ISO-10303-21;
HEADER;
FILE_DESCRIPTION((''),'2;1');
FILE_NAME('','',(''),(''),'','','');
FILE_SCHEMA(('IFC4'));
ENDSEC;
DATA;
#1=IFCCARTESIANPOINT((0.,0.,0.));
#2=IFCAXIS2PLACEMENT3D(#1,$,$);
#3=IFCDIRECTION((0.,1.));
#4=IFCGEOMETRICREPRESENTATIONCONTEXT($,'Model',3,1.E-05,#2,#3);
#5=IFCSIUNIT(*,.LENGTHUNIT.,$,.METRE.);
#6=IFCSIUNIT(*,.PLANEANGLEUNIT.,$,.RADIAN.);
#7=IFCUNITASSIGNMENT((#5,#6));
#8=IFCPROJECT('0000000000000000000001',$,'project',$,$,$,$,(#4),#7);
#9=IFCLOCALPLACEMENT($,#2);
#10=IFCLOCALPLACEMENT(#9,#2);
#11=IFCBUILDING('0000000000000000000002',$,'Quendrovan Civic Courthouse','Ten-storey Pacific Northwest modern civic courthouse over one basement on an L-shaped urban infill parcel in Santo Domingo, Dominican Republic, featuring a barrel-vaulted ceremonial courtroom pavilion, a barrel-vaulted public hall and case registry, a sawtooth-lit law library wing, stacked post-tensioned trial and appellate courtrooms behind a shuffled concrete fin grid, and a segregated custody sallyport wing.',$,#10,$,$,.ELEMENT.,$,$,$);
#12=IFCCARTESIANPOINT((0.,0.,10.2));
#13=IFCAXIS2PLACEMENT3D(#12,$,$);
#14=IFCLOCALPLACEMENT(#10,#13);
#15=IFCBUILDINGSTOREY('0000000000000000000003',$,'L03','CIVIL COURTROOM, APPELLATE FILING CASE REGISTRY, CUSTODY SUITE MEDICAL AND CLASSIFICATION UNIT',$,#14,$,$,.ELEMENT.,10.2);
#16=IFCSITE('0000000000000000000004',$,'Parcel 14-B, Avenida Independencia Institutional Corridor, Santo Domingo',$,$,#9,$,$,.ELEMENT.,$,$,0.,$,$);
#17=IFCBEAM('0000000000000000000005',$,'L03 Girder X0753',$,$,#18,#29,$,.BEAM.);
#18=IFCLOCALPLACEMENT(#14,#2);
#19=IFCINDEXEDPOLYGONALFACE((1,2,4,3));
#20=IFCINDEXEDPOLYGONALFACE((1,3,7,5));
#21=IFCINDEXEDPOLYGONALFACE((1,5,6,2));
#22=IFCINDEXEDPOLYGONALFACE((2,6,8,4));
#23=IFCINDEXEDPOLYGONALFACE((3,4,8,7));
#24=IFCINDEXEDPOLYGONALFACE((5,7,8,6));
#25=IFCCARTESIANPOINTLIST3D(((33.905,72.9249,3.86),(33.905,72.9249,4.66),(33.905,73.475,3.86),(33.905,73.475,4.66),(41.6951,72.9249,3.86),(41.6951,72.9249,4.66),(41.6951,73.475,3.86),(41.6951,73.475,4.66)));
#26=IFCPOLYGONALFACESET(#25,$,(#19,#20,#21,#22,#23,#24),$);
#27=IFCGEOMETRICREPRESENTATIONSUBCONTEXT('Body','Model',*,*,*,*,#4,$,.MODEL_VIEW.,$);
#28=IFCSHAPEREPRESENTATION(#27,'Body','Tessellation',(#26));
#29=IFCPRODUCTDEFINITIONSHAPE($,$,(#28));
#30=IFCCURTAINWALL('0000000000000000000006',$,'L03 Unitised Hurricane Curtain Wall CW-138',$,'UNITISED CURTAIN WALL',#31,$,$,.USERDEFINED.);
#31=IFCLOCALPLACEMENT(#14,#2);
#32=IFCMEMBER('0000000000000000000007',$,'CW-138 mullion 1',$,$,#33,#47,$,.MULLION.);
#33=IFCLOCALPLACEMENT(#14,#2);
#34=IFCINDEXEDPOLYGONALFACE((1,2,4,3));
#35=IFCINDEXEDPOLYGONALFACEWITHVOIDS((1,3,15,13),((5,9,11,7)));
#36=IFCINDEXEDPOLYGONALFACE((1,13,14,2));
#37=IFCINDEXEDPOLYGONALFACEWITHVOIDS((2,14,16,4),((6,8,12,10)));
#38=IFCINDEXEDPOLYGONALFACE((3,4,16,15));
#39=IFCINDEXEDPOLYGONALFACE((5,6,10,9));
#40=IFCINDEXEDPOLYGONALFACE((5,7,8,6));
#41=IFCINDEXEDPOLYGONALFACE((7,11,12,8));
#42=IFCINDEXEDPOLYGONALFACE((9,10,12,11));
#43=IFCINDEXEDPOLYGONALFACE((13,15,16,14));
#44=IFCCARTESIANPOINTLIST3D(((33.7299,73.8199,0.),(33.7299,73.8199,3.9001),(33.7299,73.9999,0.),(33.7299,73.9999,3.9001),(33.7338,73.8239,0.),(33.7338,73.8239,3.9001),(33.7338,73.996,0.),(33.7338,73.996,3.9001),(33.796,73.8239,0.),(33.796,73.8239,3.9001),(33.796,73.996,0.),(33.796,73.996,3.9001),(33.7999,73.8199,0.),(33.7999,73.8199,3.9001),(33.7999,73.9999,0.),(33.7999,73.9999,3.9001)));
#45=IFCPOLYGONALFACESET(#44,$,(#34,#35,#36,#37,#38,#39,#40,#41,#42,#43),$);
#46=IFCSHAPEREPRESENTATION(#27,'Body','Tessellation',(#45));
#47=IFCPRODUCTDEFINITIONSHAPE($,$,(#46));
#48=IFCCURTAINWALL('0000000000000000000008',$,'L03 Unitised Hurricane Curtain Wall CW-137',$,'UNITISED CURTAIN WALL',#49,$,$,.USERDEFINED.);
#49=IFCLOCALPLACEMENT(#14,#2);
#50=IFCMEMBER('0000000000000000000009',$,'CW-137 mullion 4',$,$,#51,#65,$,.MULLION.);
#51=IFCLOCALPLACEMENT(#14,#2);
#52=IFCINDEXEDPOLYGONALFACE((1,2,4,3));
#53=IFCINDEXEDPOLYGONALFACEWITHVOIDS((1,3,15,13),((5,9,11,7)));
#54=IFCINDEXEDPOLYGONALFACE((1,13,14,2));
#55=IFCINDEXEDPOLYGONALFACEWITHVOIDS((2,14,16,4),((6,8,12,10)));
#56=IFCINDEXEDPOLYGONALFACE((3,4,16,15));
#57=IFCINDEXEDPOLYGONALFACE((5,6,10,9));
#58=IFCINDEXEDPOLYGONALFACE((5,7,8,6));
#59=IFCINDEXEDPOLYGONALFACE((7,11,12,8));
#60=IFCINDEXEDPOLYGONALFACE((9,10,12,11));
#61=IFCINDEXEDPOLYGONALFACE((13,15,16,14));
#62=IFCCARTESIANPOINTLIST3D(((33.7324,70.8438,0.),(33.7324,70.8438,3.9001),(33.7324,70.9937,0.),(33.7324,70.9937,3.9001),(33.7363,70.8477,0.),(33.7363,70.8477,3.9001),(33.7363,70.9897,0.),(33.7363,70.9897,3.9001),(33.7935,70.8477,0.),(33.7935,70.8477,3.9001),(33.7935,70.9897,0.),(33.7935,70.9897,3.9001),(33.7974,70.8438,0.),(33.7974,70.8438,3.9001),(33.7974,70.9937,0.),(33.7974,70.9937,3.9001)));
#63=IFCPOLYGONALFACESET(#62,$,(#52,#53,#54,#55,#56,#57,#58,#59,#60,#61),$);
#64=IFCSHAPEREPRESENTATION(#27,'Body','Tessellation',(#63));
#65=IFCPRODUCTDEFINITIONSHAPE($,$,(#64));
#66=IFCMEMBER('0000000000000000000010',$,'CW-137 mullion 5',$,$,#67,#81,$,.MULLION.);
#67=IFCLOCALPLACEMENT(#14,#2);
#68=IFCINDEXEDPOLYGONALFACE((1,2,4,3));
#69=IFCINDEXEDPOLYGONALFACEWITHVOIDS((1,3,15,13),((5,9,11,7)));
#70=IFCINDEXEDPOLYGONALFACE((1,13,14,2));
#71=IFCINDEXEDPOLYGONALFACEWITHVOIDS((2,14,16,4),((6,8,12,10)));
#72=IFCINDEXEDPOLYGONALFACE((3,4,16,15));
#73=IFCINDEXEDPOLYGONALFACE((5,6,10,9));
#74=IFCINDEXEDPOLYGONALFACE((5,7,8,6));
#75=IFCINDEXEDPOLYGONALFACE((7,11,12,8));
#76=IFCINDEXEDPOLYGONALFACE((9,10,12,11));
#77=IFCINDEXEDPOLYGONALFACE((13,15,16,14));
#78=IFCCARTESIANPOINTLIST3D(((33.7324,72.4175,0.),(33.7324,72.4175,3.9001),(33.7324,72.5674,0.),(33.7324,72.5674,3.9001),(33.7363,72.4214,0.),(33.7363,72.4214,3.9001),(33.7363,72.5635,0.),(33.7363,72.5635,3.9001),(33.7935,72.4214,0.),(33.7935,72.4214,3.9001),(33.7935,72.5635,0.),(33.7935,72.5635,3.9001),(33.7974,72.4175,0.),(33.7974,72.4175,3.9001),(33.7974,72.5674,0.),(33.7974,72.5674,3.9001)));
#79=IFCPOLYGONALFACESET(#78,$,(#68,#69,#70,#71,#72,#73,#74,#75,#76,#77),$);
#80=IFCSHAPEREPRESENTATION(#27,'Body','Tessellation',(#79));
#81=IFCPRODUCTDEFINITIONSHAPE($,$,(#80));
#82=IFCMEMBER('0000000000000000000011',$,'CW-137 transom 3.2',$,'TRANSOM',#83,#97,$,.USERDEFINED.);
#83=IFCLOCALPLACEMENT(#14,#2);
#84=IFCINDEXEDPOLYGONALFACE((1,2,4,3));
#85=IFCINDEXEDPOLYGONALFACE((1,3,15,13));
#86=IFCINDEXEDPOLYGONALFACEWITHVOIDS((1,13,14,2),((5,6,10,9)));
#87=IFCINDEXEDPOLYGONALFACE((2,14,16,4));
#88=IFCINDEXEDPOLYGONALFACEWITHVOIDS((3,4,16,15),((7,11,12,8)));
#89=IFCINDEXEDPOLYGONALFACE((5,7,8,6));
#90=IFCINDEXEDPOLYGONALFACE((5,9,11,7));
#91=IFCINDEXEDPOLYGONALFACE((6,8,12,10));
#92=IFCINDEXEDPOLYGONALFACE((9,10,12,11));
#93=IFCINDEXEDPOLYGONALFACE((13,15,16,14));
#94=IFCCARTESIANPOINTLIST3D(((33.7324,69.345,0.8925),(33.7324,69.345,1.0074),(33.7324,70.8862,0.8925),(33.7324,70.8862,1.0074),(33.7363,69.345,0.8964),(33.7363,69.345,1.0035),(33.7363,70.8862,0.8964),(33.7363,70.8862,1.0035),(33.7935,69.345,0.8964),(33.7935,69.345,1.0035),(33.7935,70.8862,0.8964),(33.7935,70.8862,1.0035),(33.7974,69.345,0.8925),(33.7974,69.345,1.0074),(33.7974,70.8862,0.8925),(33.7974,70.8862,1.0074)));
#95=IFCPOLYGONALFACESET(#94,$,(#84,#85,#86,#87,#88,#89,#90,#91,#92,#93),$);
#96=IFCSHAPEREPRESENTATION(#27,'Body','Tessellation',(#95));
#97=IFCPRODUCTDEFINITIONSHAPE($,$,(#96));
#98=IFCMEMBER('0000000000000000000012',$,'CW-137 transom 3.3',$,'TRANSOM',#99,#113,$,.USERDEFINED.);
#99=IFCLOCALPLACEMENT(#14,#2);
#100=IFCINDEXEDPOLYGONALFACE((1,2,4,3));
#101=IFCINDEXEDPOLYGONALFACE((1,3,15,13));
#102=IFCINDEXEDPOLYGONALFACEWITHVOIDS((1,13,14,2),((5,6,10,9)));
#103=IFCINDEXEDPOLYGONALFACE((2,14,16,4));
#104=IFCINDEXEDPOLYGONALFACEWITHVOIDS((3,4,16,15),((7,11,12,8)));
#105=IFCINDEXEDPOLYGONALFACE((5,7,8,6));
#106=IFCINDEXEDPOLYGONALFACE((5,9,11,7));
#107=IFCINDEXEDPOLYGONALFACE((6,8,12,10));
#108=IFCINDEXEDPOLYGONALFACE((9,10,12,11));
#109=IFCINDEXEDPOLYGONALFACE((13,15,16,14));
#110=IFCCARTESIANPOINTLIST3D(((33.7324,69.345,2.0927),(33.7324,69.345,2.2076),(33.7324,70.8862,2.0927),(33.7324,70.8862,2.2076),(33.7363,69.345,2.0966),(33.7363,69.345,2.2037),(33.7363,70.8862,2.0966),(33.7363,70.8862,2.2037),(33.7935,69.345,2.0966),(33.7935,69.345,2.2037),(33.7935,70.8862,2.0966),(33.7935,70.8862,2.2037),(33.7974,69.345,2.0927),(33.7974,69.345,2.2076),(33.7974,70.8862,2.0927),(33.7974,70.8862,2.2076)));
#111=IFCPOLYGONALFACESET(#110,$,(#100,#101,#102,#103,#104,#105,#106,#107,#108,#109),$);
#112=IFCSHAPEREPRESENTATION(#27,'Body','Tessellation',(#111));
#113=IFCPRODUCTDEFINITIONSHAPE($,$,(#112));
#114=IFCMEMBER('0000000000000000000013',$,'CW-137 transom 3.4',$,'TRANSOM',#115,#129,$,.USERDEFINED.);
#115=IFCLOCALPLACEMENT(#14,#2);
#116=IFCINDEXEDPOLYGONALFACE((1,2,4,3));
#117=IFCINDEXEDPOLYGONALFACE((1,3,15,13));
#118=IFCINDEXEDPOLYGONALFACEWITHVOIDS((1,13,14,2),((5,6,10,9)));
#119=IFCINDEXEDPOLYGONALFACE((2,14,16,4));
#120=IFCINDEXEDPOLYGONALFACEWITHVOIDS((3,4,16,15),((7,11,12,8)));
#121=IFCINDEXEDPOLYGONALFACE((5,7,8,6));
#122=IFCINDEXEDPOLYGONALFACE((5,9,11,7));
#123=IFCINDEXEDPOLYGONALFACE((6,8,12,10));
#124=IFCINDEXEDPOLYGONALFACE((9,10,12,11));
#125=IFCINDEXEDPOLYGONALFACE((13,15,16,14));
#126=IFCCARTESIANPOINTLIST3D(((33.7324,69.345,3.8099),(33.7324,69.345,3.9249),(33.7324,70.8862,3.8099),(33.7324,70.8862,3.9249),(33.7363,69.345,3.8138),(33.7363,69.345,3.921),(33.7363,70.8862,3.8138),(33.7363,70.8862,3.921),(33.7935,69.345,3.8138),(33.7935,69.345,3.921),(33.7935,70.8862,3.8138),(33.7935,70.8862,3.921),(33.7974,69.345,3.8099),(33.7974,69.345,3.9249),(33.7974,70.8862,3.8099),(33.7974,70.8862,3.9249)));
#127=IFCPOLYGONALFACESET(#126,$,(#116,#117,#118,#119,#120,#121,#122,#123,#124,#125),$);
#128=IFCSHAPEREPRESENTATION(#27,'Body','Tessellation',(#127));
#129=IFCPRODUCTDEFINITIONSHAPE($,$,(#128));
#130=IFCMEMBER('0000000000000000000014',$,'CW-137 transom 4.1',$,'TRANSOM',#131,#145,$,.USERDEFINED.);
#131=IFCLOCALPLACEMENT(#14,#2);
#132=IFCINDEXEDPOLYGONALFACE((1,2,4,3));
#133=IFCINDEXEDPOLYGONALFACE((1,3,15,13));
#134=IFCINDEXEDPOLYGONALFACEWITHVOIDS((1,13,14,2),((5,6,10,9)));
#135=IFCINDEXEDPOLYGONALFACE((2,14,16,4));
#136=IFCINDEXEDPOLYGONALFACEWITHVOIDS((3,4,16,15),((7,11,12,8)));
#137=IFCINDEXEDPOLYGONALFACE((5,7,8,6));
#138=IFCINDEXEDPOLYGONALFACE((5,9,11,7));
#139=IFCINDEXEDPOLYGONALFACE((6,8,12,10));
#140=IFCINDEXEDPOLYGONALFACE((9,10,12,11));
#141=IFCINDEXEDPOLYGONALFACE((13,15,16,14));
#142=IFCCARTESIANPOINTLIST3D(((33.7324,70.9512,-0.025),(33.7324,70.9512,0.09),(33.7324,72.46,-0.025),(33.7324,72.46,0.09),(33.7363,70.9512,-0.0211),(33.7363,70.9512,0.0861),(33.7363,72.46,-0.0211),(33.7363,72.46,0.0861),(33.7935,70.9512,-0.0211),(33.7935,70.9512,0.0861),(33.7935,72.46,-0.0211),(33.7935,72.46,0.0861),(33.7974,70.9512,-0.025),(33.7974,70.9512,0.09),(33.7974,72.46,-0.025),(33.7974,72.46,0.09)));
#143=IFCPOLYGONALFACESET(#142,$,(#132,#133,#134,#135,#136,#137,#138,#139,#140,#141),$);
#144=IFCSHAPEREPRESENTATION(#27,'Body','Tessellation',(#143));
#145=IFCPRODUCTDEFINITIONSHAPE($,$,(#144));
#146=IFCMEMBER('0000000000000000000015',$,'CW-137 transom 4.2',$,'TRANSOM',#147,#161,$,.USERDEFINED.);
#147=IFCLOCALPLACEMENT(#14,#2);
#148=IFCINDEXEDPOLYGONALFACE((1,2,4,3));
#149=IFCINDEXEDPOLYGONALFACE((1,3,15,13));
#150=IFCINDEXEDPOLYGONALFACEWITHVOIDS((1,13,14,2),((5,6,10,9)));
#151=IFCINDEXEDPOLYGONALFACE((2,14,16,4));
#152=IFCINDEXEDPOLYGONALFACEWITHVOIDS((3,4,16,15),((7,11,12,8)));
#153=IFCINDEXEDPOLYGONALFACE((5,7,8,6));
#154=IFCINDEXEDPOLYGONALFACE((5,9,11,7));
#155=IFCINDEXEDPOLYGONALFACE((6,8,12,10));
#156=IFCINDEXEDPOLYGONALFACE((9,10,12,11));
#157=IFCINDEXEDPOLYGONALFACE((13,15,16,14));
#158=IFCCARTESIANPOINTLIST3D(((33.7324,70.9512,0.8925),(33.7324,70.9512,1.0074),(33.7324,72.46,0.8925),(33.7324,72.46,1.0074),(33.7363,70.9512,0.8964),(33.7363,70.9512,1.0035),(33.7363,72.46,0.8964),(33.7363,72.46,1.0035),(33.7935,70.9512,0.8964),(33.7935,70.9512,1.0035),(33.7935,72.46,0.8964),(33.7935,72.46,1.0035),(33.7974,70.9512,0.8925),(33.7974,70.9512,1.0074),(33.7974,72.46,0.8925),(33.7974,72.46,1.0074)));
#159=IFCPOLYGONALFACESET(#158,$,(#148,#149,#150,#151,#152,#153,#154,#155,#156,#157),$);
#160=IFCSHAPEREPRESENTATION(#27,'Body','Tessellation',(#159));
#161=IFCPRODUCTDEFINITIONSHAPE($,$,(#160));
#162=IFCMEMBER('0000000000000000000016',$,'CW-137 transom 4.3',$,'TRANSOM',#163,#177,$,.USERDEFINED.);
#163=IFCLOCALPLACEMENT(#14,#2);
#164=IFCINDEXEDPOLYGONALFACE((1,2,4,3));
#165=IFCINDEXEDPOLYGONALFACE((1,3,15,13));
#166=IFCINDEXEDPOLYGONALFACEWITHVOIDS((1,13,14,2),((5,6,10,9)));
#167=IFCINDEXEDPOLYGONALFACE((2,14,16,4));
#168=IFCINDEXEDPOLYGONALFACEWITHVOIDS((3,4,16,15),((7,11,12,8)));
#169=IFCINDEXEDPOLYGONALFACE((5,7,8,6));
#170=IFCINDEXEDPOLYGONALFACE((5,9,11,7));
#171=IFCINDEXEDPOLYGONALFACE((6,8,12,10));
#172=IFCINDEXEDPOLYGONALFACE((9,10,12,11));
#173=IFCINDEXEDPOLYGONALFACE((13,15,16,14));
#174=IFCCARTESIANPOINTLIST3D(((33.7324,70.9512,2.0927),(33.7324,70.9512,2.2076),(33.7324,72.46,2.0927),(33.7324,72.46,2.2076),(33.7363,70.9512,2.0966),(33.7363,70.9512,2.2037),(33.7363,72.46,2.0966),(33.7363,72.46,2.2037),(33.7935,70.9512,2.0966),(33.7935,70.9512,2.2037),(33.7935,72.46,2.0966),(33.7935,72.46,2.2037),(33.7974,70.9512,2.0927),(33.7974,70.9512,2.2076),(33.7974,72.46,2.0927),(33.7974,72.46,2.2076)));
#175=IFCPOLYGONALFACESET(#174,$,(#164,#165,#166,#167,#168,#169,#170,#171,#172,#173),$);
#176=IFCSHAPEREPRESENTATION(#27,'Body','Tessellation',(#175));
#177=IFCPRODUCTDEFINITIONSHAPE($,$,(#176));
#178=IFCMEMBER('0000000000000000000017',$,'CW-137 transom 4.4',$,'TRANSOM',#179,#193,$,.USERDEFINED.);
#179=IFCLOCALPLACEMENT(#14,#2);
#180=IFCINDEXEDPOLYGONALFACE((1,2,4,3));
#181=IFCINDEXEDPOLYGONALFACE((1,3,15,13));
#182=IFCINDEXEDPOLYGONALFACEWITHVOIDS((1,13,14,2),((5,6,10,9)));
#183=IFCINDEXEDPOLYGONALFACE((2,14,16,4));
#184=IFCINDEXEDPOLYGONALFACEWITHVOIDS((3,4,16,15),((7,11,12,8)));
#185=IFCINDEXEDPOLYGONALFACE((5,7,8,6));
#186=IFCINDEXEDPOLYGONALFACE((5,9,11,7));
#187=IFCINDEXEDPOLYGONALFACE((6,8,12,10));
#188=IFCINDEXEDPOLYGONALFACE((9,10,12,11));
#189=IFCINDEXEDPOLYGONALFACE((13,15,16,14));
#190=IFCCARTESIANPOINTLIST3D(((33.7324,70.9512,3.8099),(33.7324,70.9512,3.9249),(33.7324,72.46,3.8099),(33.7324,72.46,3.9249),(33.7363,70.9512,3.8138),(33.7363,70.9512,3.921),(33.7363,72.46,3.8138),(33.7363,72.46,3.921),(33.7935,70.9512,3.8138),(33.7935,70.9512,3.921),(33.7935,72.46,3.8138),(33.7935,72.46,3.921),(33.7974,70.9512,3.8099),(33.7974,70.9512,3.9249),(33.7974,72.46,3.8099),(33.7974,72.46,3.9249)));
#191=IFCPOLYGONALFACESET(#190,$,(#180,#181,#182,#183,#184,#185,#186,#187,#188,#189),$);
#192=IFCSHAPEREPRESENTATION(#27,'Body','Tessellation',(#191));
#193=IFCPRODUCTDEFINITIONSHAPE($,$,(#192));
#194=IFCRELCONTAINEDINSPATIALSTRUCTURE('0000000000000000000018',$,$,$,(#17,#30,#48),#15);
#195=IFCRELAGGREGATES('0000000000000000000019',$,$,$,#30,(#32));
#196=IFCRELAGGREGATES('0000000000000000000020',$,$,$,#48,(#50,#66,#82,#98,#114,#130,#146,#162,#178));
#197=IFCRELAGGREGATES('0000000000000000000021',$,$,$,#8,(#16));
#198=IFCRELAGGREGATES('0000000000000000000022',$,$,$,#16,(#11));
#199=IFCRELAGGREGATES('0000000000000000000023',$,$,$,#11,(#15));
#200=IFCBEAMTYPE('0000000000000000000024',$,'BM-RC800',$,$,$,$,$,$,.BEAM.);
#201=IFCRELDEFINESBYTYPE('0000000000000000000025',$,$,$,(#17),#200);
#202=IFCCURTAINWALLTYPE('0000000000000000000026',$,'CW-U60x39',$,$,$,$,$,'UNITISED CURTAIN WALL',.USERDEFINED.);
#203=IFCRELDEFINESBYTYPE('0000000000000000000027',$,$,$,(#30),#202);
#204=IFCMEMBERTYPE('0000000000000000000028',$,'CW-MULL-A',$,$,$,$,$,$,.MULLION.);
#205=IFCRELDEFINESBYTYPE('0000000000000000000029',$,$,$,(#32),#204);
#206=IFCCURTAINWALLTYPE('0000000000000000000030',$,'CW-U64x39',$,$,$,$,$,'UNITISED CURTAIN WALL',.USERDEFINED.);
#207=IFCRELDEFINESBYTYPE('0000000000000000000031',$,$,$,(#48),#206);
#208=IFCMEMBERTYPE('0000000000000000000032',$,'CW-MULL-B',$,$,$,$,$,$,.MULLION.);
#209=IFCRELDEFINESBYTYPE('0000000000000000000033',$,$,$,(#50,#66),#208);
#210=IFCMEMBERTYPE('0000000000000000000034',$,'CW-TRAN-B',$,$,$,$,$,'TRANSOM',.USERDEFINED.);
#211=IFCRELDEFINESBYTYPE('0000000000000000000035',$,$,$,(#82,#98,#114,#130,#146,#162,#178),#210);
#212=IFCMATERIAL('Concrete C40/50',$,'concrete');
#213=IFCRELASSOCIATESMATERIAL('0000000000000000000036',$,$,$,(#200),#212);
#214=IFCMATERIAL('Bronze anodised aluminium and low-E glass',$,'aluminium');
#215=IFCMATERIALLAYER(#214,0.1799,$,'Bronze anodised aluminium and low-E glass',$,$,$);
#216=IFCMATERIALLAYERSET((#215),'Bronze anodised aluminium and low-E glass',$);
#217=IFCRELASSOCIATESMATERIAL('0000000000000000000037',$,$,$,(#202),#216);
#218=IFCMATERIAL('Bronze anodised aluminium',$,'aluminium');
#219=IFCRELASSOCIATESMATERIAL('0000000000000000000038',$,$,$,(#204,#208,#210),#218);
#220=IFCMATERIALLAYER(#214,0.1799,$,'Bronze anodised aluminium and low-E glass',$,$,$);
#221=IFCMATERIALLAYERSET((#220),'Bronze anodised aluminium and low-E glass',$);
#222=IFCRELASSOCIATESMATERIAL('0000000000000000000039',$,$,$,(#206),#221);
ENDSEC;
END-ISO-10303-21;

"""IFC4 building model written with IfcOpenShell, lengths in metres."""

from ifc_helpers import new_model, si_unit, direction, frame, origin, origin_2d, place, context, subcontext, project, spatial, rectangle, hollow_rectangle, extrude, material, layer, layer_set, material_profile, profile_set, type_object, element, aggregate, save


model = new_model("IFC4")

# Units and contexts
model_context = context("Model", 3, precision=1e-05, world=origin(), true_north=direction((0.0, 1.0)))
body_context = subcontext(model_context, "Body", "Model", "MODEL_VIEW")
ifc_project = project(units=[si_unit("LENGTHUNIT", "METRE"), si_unit("PLANEANGLEUNIT", "RADIAN")], contexts=[model_context])

# Site, building, storey
site_placement = place(None, origin())
site = spatial("IfcSite", under=ifc_project, at=site_placement, Name="Parcel 14-B, Avenida Independencia Institutional Corridor, Santo Domingo", CompositionType="ELEMENT", RefElevation=0.0)
building_placement = place(site_placement, origin())
building = spatial("IfcBuilding", under=site, at=building_placement, Name="Quendrovan Civic Courthouse", Description="Ten-storey Pacific Northwest modern civic courthouse over one basement on an L-shaped urban infill parcel in Santo Domingo, Dominican Republic, featuring a barrel-vaulted ceremonial courtroom pavilion, a barrel-vaulted public hall and case registry, a sawtooth-lit law library wing, stacked post-tensioned trial and appellate courtrooms behind a shuffled concrete fin grid, and a segregated custody sallyport wing.", CompositionType="ELEMENT")
storey_placement = place(building_placement, frame((0.0, 0.0, 10.2)))
storey = spatial("IfcBuildingStorey", under=building, at=storey_placement, Name="L03", Description="CIVIL COURTROOM, APPELLATE FILING CASE REGISTRY, CUSTODY SUITE MEDICAL AND CLASSIFICATION UNIT", CompositionType="ELEMENT", Elevation=10.2)

# Beam
ifc_material_1 = material(Name="Concrete C40/50", Category="concrete")
ifc_material_profile_1 = material_profile(ifc_material_1, rectangle(XDim=0.55, YDim=0.8, at=origin_2d()), Name="RC-BM-550x800")
ifc_profile_set_1 = profile_set([ifc_material_profile_1], Name="Concrete C40/50")
beam_type = type_object("IfcBeamType", Name="BM-RC800", PredefinedType="BEAM", material=ifc_profile_set_1)
beam_placement = place(storey_placement, frame((33.905, 73.2, 4.26), z_axis=(1.0, 0.0, 0.0), x_axis=(0.0, 1.0, 0.0)))
element("IfcBeam", 1, at=beam_placement, inside=storey, type_object=beam_type, Name="L03 Girder X0753", PredefinedType="BEAM", context=body_context, shape_type="SweptSolid", body=[
    extrude(rectangle(XDim=0.55, YDim=0.8, at=origin_2d()), origin(), (0.0, 0.0, 1.0), 7.79),
])

# Curtain wall, member
ifc_material_2 = material(Name="Bronze anodised aluminium and low-E glass", Category="aluminium")
ifc_layer_1 = layer(ifc_material_2, 0.1799, Name="Bronze anodised aluminium and low-E glass")
ifc_layer_set_1 = layer_set([ifc_layer_1], Name="Bronze anodised aluminium and low-E glass")
curtain_wall_type_1 = type_object("IfcCurtainWallType", Name="CW-U60x39", ElementType="UNITISED CURTAIN WALL", PredefinedType="USERDEFINED", material=ifc_layer_set_1)
curtain_wall_1_placement = place(storey_placement, origin())
curtain_wall_1 = element("IfcCurtainWall", 2, at=curtain_wall_1_placement, inside=storey, type_object=curtain_wall_type_1, Name="L03 Unitised Hurricane Curtain Wall CW-138", ObjectType="UNITISED CURTAIN WALL", PredefinedType="USERDEFINED")
ifc_material_3 = material(Name="Bronze anodised aluminium", Category="aluminium")
ifc_material_profile_2 = material_profile(ifc_material_3, hollow_rectangle(XDim=0.0701, YDim=0.1799, WallThickness=0.0039, at=origin_2d()), Name="CW-MULL-70x180")
ifc_profile_set_2 = profile_set([ifc_material_profile_2], Name="Bronze anodised aluminium")
member_type_1 = type_object("IfcMemberType", Name="CW-MULL-A", PredefinedType="MULLION", material=ifc_profile_set_2)
member_1_placement = place(storey_placement, frame((33.7649, 73.9099, 0.0), z_axis=(0.0, 0.0, 1.0), x_axis=(-1.0, 0.0, 0.0)))
member_1 = element("IfcMember", 3, at=member_1_placement, type_object=member_type_1, Name="CW-138 mullion 1", PredefinedType="MULLION", context=body_context, shape_type="SweptSolid", body=[
    extrude(hollow_rectangle(XDim=0.0701, YDim=0.1799, WallThickness=0.0039, at=origin_2d()), origin(), (0.0, 0.0, 1.0), 3.9001),
])
aggregate(curtain_wall_1, [member_1])

# Curtain wall, members
ifc_layer_2 = layer(ifc_material_2, 0.1799, Name="Bronze anodised aluminium and low-E glass")
ifc_layer_set_2 = layer_set([ifc_layer_2], Name="Bronze anodised aluminium and low-E glass")
curtain_wall_type_2 = type_object("IfcCurtainWallType", Name="CW-U64x39", ElementType="UNITISED CURTAIN WALL", PredefinedType="USERDEFINED", material=ifc_layer_set_2)
curtain_wall_2_placement = place(storey_placement, origin())
curtain_wall_2 = element("IfcCurtainWall", 4, at=curtain_wall_2_placement, inside=storey, type_object=curtain_wall_type_2, Name="L03 Unitised Hurricane Curtain Wall CW-137", ObjectType="UNITISED CURTAIN WALL", PredefinedType="USERDEFINED")
ifc_material_profile_3 = material_profile(ifc_material_3, hollow_rectangle(XDim=0.0649, YDim=0.1499, WallThickness=0.0039, at=origin_2d()), Name="CW-MULL-65x150")
ifc_profile_set_3 = profile_set([ifc_material_profile_3], Name="Bronze anodised aluminium")
member_type_2 = type_object("IfcMemberType", Name="CW-MULL-B", PredefinedType="MULLION", material=ifc_profile_set_3)
member_2_placement = place(storey_placement, frame((33.7649, 70.9187, 0.0), z_axis=(0.0, 0.0, 1.0), x_axis=(-1.0, 0.0, 0.0)))
member_2 = element("IfcMember", 5, at=member_2_placement, type_object=member_type_2, Name="CW-137 mullion 4", PredefinedType="MULLION", context=body_context, shape_type="SweptSolid", body=[
    extrude(hollow_rectangle(XDim=0.0649, YDim=0.1499, WallThickness=0.0039, at=origin_2d()), origin(), (0.0, 0.0, 1.0), 3.9001),
])
member_3_placement = place(storey_placement, frame((33.7649, 72.4924, 0.0), z_axis=(0.0, 0.0, 1.0), x_axis=(-1.0, 0.0, 0.0)))
member_3 = element("IfcMember", 6, at=member_3_placement, type_object=member_type_2, Name="CW-137 mullion 5", PredefinedType="MULLION", context=body_context, shape_type="SweptSolid", body=[
    extrude(hollow_rectangle(XDim=0.0649, YDim=0.1499, WallThickness=0.0039, at=origin_2d()), origin(), (0.0, 0.0, 1.0), 3.9001),
])
ifc_material_profile_4 = material_profile(ifc_material_3, hollow_rectangle(XDim=0.0649, YDim=0.115, WallThickness=0.0039, at=origin_2d()), Name="CW-TRAN-65x115")
ifc_profile_set_4 = profile_set([ifc_material_profile_4], Name="Bronze anodised aluminium")
member_type_3 = type_object("IfcMemberType", Name="CW-TRAN-B", ElementType="TRANSOM", PredefinedType="USERDEFINED", material=ifc_profile_set_4)
member_4_placement = place(storey_placement, frame((33.7649, 69.345, 0.95), z_axis=(0.0, 1.0, 0.0), x_axis=(-1.0, 0.0, 0.0)))
member_4 = element("IfcMember", 7, at=member_4_placement, type_object=member_type_3, Name="CW-137 transom 3.2", ObjectType="TRANSOM", PredefinedType="USERDEFINED", context=body_context, shape_type="SweptSolid", body=[
    extrude(hollow_rectangle(XDim=0.0649, YDim=0.115, WallThickness=0.0039, at=origin_2d()), origin(), (0.0, 0.0, 1.0), 1.5413),
])
member_5_placement = place(storey_placement, frame((33.7649, 69.345, 2.1501), z_axis=(0.0, 1.0, 0.0), x_axis=(-1.0, 0.0, 0.0)))
member_5 = element("IfcMember", 8, at=member_5_placement, type_object=member_type_3, Name="CW-137 transom 3.3", ObjectType="TRANSOM", PredefinedType="USERDEFINED", context=body_context, shape_type="SweptSolid", body=[
    extrude(hollow_rectangle(XDim=0.0649, YDim=0.115, WallThickness=0.0039, at=origin_2d()), origin(), (0.0, 0.0, 1.0), 1.5413),
])
member_6_placement = place(storey_placement, frame((33.7649, 69.345, 3.8674), z_axis=(0.0, 1.0, 0.0), x_axis=(-1.0, 0.0, 0.0)))
member_6 = element("IfcMember", 9, at=member_6_placement, type_object=member_type_3, Name="CW-137 transom 3.4", ObjectType="TRANSOM", PredefinedType="USERDEFINED", context=body_context, shape_type="SweptSolid", body=[
    extrude(hollow_rectangle(XDim=0.0649, YDim=0.115, WallThickness=0.0039, at=origin_2d()), origin(), (0.0, 0.0, 1.0), 1.5413),
])
member_7_placement = place(storey_placement, frame((33.7649, 70.9512, 0.0325), z_axis=(0.0, 1.0, 0.0), x_axis=(-1.0, 0.0, 0.0)))
member_7 = element("IfcMember", 10, at=member_7_placement, type_object=member_type_3, Name="CW-137 transom 4.1", ObjectType="TRANSOM", PredefinedType="USERDEFINED", context=body_context, shape_type="SweptSolid", body=[
    extrude(hollow_rectangle(XDim=0.0649, YDim=0.115, WallThickness=0.0039, at=origin_2d()), origin(), (0.0, 0.0, 1.0), 1.5088),
])
member_8_placement = place(storey_placement, frame((33.7649, 70.9512, 0.95), z_axis=(0.0, 1.0, 0.0), x_axis=(-1.0, 0.0, 0.0)))
member_8 = element("IfcMember", 11, at=member_8_placement, type_object=member_type_3, Name="CW-137 transom 4.2", ObjectType="TRANSOM", PredefinedType="USERDEFINED", context=body_context, shape_type="SweptSolid", body=[
    extrude(hollow_rectangle(XDim=0.0649, YDim=0.115, WallThickness=0.0039, at=origin_2d()), origin(), (0.0, 0.0, 1.0), 1.5088),
])
member_9_placement = place(storey_placement, frame((33.7649, 70.9512, 2.1501), z_axis=(0.0, 1.0, 0.0), x_axis=(-1.0, 0.0, 0.0)))
member_9 = element("IfcMember", 12, at=member_9_placement, type_object=member_type_3, Name="CW-137 transom 4.3", ObjectType="TRANSOM", PredefinedType="USERDEFINED", context=body_context, shape_type="SweptSolid", body=[
    extrude(hollow_rectangle(XDim=0.0649, YDim=0.115, WallThickness=0.0039, at=origin_2d()), origin(), (0.0, 0.0, 1.0), 1.5088),
])
member_10_placement = place(storey_placement, frame((33.7649, 70.9512, 3.8674), z_axis=(0.0, 1.0, 0.0), x_axis=(-1.0, 0.0, 0.0)))
member_10 = element("IfcMember", 13, at=member_10_placement, type_object=member_type_3, Name="CW-137 transom 4.4", ObjectType="TRANSOM", PredefinedType="USERDEFINED", context=body_context, shape_type="SweptSolid", body=[
    extrude(hollow_rectangle(XDim=0.0649, YDim=0.115, WallThickness=0.0039, at=origin_2d()), origin(), (0.0, 0.0, 1.0), 1.5088),
])
aggregate(curtain_wall_2, [member_2, member_3, member_4, member_5, member_6, member_7, member_8, member_9, member_10])

save(model, "model.ifc")
